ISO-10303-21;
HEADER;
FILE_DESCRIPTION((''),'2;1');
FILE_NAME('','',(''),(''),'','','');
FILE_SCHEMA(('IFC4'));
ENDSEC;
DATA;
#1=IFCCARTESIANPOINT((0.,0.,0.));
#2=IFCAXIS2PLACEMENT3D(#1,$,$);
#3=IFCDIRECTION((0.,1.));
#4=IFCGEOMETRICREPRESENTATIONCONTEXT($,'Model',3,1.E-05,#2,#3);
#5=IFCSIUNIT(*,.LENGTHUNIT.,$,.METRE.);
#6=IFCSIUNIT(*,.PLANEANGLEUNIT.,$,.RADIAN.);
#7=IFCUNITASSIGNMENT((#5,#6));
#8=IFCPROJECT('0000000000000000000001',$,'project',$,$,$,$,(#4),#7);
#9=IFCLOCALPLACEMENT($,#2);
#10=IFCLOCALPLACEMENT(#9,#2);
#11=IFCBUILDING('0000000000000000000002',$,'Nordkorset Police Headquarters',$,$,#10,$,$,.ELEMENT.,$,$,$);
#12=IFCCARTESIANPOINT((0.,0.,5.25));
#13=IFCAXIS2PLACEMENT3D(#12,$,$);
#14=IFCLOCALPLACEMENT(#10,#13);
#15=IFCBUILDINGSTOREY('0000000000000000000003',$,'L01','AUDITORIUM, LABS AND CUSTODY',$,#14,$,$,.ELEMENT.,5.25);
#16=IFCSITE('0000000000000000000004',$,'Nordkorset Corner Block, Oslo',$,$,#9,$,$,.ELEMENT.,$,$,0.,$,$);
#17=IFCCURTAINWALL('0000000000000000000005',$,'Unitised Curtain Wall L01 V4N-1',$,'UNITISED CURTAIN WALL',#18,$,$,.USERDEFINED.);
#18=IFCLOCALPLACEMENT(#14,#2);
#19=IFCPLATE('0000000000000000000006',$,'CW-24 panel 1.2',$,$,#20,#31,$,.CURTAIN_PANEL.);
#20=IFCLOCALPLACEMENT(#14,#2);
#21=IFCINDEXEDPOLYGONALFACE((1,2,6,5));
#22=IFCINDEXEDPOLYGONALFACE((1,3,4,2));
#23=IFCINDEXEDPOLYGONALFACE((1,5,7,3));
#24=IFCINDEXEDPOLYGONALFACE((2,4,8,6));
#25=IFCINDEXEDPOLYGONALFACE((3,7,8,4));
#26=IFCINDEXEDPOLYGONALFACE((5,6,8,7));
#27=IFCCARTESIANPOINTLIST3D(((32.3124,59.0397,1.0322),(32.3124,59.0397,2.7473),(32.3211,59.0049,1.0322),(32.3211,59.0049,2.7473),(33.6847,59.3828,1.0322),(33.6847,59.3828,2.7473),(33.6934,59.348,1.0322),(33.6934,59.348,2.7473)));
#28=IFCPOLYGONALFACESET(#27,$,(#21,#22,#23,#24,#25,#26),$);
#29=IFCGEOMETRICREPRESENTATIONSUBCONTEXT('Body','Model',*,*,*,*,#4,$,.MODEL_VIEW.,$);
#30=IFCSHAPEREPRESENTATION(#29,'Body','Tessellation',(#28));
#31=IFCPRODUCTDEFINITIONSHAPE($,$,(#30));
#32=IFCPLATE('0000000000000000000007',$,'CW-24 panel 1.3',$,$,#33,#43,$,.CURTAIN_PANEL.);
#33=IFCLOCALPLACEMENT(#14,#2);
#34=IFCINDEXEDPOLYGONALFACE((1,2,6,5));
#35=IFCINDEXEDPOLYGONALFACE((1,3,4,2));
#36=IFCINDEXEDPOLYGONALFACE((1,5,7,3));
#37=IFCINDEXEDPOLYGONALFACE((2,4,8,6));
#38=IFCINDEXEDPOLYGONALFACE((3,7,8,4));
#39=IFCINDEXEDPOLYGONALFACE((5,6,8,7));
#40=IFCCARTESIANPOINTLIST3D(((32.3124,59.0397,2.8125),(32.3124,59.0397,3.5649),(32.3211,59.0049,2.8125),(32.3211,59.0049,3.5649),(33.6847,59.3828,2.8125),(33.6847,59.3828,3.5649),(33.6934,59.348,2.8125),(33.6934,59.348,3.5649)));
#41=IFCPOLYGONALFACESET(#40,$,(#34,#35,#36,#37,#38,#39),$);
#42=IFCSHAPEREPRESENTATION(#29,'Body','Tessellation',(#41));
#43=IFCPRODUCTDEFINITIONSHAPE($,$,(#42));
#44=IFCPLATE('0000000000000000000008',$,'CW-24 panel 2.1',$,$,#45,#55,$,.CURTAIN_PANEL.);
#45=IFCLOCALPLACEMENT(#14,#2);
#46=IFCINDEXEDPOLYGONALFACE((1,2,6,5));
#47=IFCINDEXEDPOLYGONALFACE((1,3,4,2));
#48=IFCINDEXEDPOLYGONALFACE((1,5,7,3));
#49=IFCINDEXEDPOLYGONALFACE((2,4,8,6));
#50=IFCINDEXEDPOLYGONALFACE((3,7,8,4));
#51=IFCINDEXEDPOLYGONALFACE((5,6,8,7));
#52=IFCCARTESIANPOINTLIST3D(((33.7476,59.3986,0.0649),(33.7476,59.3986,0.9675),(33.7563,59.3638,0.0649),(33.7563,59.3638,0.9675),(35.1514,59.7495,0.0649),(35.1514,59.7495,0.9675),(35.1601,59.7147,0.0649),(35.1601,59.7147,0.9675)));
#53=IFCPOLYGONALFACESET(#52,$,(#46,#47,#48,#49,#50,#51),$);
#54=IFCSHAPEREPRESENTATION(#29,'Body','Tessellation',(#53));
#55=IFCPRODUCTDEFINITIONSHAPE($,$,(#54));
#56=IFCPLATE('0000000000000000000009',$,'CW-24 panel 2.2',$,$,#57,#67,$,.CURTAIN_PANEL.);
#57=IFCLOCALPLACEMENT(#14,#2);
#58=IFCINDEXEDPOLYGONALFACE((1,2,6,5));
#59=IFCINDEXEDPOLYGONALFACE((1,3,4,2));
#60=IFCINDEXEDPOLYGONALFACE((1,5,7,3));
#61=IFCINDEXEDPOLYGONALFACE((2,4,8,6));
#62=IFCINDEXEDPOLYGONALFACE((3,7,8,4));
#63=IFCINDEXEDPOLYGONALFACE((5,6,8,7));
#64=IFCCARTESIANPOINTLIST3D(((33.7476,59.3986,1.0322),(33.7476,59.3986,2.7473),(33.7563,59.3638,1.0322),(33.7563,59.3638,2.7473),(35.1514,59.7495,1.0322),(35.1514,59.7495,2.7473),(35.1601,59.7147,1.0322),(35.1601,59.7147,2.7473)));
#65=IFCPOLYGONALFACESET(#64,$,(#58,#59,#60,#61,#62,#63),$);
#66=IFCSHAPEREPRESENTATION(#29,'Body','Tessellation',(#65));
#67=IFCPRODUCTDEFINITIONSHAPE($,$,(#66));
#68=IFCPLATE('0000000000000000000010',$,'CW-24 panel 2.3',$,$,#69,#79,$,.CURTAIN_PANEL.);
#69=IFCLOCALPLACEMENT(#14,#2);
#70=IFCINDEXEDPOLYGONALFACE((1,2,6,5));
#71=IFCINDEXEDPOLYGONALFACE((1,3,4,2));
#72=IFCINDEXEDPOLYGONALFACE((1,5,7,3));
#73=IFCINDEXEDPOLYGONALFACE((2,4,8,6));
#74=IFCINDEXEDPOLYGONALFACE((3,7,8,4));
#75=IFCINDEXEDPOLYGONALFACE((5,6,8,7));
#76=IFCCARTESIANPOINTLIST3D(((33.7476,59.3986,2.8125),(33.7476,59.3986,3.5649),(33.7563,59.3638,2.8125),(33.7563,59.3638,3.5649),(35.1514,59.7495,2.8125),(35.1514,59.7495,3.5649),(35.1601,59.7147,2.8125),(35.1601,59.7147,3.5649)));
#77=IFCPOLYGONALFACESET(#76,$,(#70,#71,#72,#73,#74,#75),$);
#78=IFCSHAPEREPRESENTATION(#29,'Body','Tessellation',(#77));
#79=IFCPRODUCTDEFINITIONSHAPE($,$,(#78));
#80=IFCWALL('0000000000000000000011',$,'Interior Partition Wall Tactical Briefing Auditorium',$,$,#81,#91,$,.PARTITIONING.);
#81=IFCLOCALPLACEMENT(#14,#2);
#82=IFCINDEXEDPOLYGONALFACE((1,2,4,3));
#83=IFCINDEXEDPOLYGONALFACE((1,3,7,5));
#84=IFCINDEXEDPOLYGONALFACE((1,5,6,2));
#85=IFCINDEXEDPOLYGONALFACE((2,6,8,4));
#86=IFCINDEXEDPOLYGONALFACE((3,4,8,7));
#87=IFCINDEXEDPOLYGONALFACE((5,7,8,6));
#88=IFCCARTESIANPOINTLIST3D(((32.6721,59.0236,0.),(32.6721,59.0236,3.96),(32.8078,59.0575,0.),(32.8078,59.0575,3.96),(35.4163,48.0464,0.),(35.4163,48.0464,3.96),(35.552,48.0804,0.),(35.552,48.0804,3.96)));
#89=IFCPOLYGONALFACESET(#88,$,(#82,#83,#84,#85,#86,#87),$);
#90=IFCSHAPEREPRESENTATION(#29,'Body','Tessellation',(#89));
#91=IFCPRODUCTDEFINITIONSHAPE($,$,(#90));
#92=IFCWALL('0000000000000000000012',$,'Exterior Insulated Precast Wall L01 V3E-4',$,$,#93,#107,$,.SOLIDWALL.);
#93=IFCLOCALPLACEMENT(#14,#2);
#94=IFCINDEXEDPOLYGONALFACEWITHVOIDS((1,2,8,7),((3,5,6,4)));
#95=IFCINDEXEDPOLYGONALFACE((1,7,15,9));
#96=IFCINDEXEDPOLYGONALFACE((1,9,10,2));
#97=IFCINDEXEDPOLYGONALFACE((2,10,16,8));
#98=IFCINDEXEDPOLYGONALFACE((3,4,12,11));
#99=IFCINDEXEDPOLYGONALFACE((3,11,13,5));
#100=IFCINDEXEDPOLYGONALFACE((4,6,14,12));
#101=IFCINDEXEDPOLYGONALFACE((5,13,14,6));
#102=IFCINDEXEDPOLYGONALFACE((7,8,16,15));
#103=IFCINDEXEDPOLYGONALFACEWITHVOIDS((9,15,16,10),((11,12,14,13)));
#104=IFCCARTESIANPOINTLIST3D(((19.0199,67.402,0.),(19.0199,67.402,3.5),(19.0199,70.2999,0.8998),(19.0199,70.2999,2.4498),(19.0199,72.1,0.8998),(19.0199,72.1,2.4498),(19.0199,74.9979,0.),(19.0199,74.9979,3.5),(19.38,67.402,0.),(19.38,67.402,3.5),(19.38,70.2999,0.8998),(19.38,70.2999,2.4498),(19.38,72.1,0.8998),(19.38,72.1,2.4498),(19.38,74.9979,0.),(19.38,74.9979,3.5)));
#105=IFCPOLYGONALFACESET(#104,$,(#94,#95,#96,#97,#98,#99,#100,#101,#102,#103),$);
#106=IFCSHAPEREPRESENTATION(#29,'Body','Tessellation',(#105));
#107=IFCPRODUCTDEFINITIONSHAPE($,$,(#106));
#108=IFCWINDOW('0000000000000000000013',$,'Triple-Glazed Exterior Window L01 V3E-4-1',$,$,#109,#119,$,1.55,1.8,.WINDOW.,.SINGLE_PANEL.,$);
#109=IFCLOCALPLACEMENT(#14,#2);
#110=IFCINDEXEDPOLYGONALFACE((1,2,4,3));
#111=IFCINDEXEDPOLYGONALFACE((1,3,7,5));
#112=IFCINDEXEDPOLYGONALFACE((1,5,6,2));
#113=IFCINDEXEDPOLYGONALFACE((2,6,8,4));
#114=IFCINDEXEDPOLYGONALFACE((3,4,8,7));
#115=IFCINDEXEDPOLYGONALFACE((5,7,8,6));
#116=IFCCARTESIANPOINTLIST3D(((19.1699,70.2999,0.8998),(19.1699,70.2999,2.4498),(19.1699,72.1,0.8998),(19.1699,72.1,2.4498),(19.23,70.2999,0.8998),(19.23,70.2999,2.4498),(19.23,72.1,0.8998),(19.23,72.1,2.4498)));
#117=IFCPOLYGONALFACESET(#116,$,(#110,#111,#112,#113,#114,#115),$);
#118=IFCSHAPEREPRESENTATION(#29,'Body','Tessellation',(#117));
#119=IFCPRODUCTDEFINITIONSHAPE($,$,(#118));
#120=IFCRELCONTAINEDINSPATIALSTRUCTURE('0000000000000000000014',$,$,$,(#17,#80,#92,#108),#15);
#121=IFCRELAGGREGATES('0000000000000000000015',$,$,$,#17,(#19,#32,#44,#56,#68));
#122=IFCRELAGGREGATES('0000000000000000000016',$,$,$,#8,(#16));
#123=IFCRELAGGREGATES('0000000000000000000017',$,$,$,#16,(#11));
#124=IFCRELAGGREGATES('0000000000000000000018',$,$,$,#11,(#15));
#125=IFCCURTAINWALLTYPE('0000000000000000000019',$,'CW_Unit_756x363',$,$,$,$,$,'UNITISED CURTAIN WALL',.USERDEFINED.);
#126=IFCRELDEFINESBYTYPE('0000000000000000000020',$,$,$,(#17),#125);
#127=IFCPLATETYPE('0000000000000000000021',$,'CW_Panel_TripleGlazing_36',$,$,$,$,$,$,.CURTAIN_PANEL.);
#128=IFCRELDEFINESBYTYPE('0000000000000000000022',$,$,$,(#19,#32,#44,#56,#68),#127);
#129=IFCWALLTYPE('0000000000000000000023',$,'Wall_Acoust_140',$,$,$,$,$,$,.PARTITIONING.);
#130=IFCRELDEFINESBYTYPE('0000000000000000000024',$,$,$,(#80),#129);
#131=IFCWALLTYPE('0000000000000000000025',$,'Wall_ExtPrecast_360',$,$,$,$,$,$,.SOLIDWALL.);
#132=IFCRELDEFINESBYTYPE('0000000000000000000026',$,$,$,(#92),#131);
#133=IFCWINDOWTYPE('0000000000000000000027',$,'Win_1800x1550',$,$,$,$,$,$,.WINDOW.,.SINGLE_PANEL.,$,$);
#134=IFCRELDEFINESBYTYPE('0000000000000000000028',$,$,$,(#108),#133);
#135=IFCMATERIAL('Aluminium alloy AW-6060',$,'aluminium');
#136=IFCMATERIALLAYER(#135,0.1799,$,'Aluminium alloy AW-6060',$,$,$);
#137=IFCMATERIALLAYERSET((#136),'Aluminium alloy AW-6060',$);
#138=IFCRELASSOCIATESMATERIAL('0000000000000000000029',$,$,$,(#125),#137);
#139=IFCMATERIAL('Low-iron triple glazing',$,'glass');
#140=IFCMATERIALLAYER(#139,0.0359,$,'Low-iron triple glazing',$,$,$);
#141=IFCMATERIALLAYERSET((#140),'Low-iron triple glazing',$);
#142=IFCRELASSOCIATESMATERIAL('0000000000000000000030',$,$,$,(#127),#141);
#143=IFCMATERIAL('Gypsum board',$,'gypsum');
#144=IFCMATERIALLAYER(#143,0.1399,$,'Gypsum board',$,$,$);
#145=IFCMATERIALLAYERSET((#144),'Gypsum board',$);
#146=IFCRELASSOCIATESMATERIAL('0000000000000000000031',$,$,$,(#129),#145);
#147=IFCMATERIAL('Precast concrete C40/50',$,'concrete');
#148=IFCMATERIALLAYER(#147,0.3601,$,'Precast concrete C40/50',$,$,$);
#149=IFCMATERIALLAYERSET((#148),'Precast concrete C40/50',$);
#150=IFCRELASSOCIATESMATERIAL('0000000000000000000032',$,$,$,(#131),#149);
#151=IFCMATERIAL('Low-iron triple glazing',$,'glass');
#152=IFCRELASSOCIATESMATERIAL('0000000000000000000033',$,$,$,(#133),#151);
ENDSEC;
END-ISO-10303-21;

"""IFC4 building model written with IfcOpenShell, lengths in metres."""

from ifc_helpers import new_model, si_unit, direction, frame, frame_2d, origin, origin_2d, place, context, subcontext, project, spatial, rectangle, extrude, material, layer, layer_set, type_object, element, fill, aggregate, save


model = new_model("IFC4")

# Units and contexts
model_context = context("Model", 3, precision=1e-05, world=origin(), true_north=direction((0.0, 1.0)))
body_context = subcontext(model_context, "Body", "Model", "MODEL_VIEW")
ifc_project = project(units=[si_unit("LENGTHUNIT", "METRE"), si_unit("PLANEANGLEUNIT", "RADIAN")], contexts=[model_context])

# Site, building, storey
site_placement = place(None, origin())
site = spatial("IfcSite", under=ifc_project, at=site_placement, Name="Nordkorset Corner Block, Oslo", CompositionType="ELEMENT", RefElevation=0.0)
building_placement = place(site_placement, origin())
building = spatial("IfcBuilding", under=site, at=building_placement, Name="Nordkorset Police Headquarters", CompositionType="ELEMENT")
storey_placement = place(building_placement, frame((0.0, 0.0, 5.25)))
storey = spatial("IfcBuildingStorey", under=building, at=storey_placement, Name="L01", Description="AUDITORIUM, LABS AND CUSTODY", CompositionType="ELEMENT", Elevation=5.25)

# Curtain wall
ifc_material_1 = material(Name="Aluminium alloy AW-6060", Category="aluminium")
ifc_layer_1 = layer(ifc_material_1, 0.1799, Name="Aluminium alloy AW-6060")
ifc_layer_set_1 = layer_set([ifc_layer_1], Name="Aluminium alloy AW-6060")
curtain_wall_type_1 = type_object("IfcCurtainWallType", Name="CW_Unit_756x363", ElementType="UNITISED CURTAIN WALL", PredefinedType="USERDEFINED", material=ifc_layer_set_1)
curtain_wall_1_placement = place(storey_placement, origin())
curtain_wall_1 = element("IfcCurtainWall", 1, at=curtain_wall_1_placement, inside=storey, type_object=curtain_wall_type_1, Name="Unitised Curtain Wall L01 V4N-1", ObjectType="UNITISED CURTAIN WALL", PredefinedType="USERDEFINED")

# Plates
ifc_material_2 = material(Name="Low-iron triple glazing", Category="glass")
ifc_layer_2 = layer(ifc_material_2, 0.0359, Name="Low-iron triple glazing")
ifc_layer_set_2 = layer_set([ifc_layer_2], Name="Low-iron triple glazing")
plate_type = type_object("IfcPlateType", Name="CW_Panel_TripleGlazing_36", PredefinedType="CURTAIN_PANEL", material=ifc_layer_set_2)
plate_1_placement = place(storey_placement, frame((33.0029, 59.1938, 1.0322), z_axis=(0.0, 0.0, 1.0), x_axis=(0.970143, 0.242536, 0.0)))
plate_1 = element("IfcPlate", 2, at=plate_1_placement, type_object=plate_type, Name="CW-24 panel 1.2", PredefinedType="CURTAIN_PANEL", context=body_context, shape_type="SweptSolid", body=[
    extrude(rectangle(XDim=1.4146, YDim=0.0359, at=origin_2d()), origin(), (0.0, 0.0, 1.0), 1.7151),
])
plate_2_placement = place(storey_placement, frame((33.0029, 59.1938, 2.8125), z_axis=(0.0, 0.0, 1.0), x_axis=(0.970143, 0.242536, 0.0)))
plate_2 = element("IfcPlate", 3, at=plate_2_placement, type_object=plate_type, Name="CW-24 panel 1.3", PredefinedType="CURTAIN_PANEL", context=body_context, shape_type="SweptSolid", body=[
    extrude(rectangle(XDim=1.4146, YDim=0.0359, at=origin_2d()), origin(), (0.0, 0.0, 1.0), 0.7524),
])
plate_3_placement = place(storey_placement, frame((34.4539, 59.5566, 0.0649), z_axis=(0.0, 0.0, 1.0), x_axis=(0.970143, 0.242536, 0.0)))
plate_3 = element("IfcPlate", 4, at=plate_3_placement, type_object=plate_type, Name="CW-24 panel 2.1", PredefinedType="CURTAIN_PANEL", context=body_context, shape_type="SweptSolid", body=[
    extrude(rectangle(XDim=1.447, YDim=0.0359, at=origin_2d()), origin(), (0.0, 0.0, 1.0), 0.9026),
])
plate_4_placement = place(storey_placement, frame((34.4539, 59.5566, 1.0322), z_axis=(0.0, 0.0, 1.0), x_axis=(0.970143, 0.242536, 0.0)))
plate_4 = element("IfcPlate", 5, at=plate_4_placement, type_object=plate_type, Name="CW-24 panel 2.2", PredefinedType="CURTAIN_PANEL", context=body_context, shape_type="SweptSolid", body=[
    extrude(rectangle(XDim=1.447, YDim=0.0359, at=origin_2d()), origin(), (0.0, 0.0, 1.0), 1.7151),
])
plate_5_placement = place(storey_placement, frame((34.4539, 59.5566, 2.8125), z_axis=(0.0, 0.0, 1.0), x_axis=(0.970143, 0.242536, 0.0)))
plate_5 = element("IfcPlate", 6, at=plate_5_placement, type_object=plate_type, Name="CW-24 panel 2.3", PredefinedType="CURTAIN_PANEL", context=body_context, shape_type="SweptSolid", body=[
    extrude(rectangle(XDim=1.447, YDim=0.0359, at=origin_2d()), origin(), (0.0, 0.0, 1.0), 0.7524),
])
aggregate(curtain_wall_1, [plate_1, plate_2, plate_3, plate_4, plate_5])

# Wall
ifc_material_3 = material(Name="Gypsum board", Category="gypsum")
ifc_layer_3 = layer(ifc_material_3, 0.1399, Name="Gypsum board")
ifc_layer_set_3 = layer_set([ifc_layer_3], Name="Gypsum board")
wall_type_1 = type_object("IfcWallType", Name="Wall_Acoust_140", PredefinedType="PARTITIONING", material=ifc_layer_set_3)
wall_1_placement = place(storey_placement, frame((32.74, 59.0405, 0.0), z_axis=(0.0, 0.0, 1.0), x_axis=(0.242525, -0.970145, 0.0)))
element("IfcWall", 7, at=wall_1_placement, inside=storey, type_object=wall_type_1, Name="Interior Partition Wall Tactical Briefing Auditorium", PredefinedType="PARTITIONING", context=body_context, shape_type="SweptSolid", body=[
    extrude(rectangle(XDim=11.3149, YDim=0.1399, at=frame_2d((5.6575, 0.0))), origin(), (0.0, 0.0, 1.0), 3.96),
])

# Wall, opening, window
ifc_material_4 = material(Name="Precast concrete C40/50", Category="concrete")
ifc_layer_4 = layer(ifc_material_4, 0.3601, Name="Precast concrete C40/50")
ifc_layer_set_4 = layer_set([ifc_layer_4], Name="Precast concrete C40/50")
wall_type_2 = type_object("IfcWallType", Name="Wall_ExtPrecast_360", PredefinedType="SOLIDWALL", material=ifc_layer_set_4)
wall_2_placement = place(storey_placement, frame((19.2, 67.4021, 0.0), z_axis=(0.0, 0.0, 1.0), x_axis=(0.0, 1.0, 0.0)))
wall_2 = element("IfcWall", 8, at=wall_2_placement, inside=storey, type_object=wall_type_2, Name="Exterior Insulated Precast Wall L01 V3E-4", PredefinedType="SOLIDWALL", context=body_context, shape_type="SweptSolid", body=[
    extrude(rectangle(XDim=7.5959, YDim=0.3601, at=frame_2d((3.7979, 0.0))), origin(), (0.0, 0.0, 1.0), 3.5),
])
opening_placement = place(wall_2_placement, frame((2.8979, 0.0, 0.8999)))
opening = element("IfcOpeningElement", 9, at=opening_placement, cuts=wall_2, PredefinedType="OPENING", context=body_context, shape_type="SweptSolid", body=[
    extrude(rectangle(XDim=1.8, YDim=1.55, at=frame_2d((0.8999, 0.7749))), frame((0.0, 0.1899, 0.0), z_axis=(0.0, -1.0, 0.0), x_axis=(1.0, 0.0, 0.0)), (0.0, 0.0, 1.0), 0.3801),
])
ifc_material_5 = material(Name="Low-iron triple glazing", Category="glass")
window_type = type_object("IfcWindowType", Name="Win_1800x1550", PartitioningType="SINGLE_PANEL", PredefinedType="WINDOW", material=ifc_material_5)
window_placement = place(opening_placement, origin())
window = element("IfcWindow", 10, at=window_placement, inside=storey, type_object=window_type, Name="Triple-Glazed Exterior Window L01 V3E-4-1", OverallHeight=1.55, OverallWidth=1.8, PartitioningType="SINGLE_PANEL", PredefinedType="WINDOW", context=body_context, shape_type="SweptSolid", body=[
    extrude(rectangle(XDim=1.8, YDim=1.55, at=frame_2d((0.8999, 0.7749))), frame((0.0, 0.03, 0.0), z_axis=(0.0, -1.0, 0.0), x_axis=(1.0, 0.0, 0.0)), (0.0, 0.0, 1.0), 0.0601),
])
fill(opening, window)

save(model, "model.ifc")
